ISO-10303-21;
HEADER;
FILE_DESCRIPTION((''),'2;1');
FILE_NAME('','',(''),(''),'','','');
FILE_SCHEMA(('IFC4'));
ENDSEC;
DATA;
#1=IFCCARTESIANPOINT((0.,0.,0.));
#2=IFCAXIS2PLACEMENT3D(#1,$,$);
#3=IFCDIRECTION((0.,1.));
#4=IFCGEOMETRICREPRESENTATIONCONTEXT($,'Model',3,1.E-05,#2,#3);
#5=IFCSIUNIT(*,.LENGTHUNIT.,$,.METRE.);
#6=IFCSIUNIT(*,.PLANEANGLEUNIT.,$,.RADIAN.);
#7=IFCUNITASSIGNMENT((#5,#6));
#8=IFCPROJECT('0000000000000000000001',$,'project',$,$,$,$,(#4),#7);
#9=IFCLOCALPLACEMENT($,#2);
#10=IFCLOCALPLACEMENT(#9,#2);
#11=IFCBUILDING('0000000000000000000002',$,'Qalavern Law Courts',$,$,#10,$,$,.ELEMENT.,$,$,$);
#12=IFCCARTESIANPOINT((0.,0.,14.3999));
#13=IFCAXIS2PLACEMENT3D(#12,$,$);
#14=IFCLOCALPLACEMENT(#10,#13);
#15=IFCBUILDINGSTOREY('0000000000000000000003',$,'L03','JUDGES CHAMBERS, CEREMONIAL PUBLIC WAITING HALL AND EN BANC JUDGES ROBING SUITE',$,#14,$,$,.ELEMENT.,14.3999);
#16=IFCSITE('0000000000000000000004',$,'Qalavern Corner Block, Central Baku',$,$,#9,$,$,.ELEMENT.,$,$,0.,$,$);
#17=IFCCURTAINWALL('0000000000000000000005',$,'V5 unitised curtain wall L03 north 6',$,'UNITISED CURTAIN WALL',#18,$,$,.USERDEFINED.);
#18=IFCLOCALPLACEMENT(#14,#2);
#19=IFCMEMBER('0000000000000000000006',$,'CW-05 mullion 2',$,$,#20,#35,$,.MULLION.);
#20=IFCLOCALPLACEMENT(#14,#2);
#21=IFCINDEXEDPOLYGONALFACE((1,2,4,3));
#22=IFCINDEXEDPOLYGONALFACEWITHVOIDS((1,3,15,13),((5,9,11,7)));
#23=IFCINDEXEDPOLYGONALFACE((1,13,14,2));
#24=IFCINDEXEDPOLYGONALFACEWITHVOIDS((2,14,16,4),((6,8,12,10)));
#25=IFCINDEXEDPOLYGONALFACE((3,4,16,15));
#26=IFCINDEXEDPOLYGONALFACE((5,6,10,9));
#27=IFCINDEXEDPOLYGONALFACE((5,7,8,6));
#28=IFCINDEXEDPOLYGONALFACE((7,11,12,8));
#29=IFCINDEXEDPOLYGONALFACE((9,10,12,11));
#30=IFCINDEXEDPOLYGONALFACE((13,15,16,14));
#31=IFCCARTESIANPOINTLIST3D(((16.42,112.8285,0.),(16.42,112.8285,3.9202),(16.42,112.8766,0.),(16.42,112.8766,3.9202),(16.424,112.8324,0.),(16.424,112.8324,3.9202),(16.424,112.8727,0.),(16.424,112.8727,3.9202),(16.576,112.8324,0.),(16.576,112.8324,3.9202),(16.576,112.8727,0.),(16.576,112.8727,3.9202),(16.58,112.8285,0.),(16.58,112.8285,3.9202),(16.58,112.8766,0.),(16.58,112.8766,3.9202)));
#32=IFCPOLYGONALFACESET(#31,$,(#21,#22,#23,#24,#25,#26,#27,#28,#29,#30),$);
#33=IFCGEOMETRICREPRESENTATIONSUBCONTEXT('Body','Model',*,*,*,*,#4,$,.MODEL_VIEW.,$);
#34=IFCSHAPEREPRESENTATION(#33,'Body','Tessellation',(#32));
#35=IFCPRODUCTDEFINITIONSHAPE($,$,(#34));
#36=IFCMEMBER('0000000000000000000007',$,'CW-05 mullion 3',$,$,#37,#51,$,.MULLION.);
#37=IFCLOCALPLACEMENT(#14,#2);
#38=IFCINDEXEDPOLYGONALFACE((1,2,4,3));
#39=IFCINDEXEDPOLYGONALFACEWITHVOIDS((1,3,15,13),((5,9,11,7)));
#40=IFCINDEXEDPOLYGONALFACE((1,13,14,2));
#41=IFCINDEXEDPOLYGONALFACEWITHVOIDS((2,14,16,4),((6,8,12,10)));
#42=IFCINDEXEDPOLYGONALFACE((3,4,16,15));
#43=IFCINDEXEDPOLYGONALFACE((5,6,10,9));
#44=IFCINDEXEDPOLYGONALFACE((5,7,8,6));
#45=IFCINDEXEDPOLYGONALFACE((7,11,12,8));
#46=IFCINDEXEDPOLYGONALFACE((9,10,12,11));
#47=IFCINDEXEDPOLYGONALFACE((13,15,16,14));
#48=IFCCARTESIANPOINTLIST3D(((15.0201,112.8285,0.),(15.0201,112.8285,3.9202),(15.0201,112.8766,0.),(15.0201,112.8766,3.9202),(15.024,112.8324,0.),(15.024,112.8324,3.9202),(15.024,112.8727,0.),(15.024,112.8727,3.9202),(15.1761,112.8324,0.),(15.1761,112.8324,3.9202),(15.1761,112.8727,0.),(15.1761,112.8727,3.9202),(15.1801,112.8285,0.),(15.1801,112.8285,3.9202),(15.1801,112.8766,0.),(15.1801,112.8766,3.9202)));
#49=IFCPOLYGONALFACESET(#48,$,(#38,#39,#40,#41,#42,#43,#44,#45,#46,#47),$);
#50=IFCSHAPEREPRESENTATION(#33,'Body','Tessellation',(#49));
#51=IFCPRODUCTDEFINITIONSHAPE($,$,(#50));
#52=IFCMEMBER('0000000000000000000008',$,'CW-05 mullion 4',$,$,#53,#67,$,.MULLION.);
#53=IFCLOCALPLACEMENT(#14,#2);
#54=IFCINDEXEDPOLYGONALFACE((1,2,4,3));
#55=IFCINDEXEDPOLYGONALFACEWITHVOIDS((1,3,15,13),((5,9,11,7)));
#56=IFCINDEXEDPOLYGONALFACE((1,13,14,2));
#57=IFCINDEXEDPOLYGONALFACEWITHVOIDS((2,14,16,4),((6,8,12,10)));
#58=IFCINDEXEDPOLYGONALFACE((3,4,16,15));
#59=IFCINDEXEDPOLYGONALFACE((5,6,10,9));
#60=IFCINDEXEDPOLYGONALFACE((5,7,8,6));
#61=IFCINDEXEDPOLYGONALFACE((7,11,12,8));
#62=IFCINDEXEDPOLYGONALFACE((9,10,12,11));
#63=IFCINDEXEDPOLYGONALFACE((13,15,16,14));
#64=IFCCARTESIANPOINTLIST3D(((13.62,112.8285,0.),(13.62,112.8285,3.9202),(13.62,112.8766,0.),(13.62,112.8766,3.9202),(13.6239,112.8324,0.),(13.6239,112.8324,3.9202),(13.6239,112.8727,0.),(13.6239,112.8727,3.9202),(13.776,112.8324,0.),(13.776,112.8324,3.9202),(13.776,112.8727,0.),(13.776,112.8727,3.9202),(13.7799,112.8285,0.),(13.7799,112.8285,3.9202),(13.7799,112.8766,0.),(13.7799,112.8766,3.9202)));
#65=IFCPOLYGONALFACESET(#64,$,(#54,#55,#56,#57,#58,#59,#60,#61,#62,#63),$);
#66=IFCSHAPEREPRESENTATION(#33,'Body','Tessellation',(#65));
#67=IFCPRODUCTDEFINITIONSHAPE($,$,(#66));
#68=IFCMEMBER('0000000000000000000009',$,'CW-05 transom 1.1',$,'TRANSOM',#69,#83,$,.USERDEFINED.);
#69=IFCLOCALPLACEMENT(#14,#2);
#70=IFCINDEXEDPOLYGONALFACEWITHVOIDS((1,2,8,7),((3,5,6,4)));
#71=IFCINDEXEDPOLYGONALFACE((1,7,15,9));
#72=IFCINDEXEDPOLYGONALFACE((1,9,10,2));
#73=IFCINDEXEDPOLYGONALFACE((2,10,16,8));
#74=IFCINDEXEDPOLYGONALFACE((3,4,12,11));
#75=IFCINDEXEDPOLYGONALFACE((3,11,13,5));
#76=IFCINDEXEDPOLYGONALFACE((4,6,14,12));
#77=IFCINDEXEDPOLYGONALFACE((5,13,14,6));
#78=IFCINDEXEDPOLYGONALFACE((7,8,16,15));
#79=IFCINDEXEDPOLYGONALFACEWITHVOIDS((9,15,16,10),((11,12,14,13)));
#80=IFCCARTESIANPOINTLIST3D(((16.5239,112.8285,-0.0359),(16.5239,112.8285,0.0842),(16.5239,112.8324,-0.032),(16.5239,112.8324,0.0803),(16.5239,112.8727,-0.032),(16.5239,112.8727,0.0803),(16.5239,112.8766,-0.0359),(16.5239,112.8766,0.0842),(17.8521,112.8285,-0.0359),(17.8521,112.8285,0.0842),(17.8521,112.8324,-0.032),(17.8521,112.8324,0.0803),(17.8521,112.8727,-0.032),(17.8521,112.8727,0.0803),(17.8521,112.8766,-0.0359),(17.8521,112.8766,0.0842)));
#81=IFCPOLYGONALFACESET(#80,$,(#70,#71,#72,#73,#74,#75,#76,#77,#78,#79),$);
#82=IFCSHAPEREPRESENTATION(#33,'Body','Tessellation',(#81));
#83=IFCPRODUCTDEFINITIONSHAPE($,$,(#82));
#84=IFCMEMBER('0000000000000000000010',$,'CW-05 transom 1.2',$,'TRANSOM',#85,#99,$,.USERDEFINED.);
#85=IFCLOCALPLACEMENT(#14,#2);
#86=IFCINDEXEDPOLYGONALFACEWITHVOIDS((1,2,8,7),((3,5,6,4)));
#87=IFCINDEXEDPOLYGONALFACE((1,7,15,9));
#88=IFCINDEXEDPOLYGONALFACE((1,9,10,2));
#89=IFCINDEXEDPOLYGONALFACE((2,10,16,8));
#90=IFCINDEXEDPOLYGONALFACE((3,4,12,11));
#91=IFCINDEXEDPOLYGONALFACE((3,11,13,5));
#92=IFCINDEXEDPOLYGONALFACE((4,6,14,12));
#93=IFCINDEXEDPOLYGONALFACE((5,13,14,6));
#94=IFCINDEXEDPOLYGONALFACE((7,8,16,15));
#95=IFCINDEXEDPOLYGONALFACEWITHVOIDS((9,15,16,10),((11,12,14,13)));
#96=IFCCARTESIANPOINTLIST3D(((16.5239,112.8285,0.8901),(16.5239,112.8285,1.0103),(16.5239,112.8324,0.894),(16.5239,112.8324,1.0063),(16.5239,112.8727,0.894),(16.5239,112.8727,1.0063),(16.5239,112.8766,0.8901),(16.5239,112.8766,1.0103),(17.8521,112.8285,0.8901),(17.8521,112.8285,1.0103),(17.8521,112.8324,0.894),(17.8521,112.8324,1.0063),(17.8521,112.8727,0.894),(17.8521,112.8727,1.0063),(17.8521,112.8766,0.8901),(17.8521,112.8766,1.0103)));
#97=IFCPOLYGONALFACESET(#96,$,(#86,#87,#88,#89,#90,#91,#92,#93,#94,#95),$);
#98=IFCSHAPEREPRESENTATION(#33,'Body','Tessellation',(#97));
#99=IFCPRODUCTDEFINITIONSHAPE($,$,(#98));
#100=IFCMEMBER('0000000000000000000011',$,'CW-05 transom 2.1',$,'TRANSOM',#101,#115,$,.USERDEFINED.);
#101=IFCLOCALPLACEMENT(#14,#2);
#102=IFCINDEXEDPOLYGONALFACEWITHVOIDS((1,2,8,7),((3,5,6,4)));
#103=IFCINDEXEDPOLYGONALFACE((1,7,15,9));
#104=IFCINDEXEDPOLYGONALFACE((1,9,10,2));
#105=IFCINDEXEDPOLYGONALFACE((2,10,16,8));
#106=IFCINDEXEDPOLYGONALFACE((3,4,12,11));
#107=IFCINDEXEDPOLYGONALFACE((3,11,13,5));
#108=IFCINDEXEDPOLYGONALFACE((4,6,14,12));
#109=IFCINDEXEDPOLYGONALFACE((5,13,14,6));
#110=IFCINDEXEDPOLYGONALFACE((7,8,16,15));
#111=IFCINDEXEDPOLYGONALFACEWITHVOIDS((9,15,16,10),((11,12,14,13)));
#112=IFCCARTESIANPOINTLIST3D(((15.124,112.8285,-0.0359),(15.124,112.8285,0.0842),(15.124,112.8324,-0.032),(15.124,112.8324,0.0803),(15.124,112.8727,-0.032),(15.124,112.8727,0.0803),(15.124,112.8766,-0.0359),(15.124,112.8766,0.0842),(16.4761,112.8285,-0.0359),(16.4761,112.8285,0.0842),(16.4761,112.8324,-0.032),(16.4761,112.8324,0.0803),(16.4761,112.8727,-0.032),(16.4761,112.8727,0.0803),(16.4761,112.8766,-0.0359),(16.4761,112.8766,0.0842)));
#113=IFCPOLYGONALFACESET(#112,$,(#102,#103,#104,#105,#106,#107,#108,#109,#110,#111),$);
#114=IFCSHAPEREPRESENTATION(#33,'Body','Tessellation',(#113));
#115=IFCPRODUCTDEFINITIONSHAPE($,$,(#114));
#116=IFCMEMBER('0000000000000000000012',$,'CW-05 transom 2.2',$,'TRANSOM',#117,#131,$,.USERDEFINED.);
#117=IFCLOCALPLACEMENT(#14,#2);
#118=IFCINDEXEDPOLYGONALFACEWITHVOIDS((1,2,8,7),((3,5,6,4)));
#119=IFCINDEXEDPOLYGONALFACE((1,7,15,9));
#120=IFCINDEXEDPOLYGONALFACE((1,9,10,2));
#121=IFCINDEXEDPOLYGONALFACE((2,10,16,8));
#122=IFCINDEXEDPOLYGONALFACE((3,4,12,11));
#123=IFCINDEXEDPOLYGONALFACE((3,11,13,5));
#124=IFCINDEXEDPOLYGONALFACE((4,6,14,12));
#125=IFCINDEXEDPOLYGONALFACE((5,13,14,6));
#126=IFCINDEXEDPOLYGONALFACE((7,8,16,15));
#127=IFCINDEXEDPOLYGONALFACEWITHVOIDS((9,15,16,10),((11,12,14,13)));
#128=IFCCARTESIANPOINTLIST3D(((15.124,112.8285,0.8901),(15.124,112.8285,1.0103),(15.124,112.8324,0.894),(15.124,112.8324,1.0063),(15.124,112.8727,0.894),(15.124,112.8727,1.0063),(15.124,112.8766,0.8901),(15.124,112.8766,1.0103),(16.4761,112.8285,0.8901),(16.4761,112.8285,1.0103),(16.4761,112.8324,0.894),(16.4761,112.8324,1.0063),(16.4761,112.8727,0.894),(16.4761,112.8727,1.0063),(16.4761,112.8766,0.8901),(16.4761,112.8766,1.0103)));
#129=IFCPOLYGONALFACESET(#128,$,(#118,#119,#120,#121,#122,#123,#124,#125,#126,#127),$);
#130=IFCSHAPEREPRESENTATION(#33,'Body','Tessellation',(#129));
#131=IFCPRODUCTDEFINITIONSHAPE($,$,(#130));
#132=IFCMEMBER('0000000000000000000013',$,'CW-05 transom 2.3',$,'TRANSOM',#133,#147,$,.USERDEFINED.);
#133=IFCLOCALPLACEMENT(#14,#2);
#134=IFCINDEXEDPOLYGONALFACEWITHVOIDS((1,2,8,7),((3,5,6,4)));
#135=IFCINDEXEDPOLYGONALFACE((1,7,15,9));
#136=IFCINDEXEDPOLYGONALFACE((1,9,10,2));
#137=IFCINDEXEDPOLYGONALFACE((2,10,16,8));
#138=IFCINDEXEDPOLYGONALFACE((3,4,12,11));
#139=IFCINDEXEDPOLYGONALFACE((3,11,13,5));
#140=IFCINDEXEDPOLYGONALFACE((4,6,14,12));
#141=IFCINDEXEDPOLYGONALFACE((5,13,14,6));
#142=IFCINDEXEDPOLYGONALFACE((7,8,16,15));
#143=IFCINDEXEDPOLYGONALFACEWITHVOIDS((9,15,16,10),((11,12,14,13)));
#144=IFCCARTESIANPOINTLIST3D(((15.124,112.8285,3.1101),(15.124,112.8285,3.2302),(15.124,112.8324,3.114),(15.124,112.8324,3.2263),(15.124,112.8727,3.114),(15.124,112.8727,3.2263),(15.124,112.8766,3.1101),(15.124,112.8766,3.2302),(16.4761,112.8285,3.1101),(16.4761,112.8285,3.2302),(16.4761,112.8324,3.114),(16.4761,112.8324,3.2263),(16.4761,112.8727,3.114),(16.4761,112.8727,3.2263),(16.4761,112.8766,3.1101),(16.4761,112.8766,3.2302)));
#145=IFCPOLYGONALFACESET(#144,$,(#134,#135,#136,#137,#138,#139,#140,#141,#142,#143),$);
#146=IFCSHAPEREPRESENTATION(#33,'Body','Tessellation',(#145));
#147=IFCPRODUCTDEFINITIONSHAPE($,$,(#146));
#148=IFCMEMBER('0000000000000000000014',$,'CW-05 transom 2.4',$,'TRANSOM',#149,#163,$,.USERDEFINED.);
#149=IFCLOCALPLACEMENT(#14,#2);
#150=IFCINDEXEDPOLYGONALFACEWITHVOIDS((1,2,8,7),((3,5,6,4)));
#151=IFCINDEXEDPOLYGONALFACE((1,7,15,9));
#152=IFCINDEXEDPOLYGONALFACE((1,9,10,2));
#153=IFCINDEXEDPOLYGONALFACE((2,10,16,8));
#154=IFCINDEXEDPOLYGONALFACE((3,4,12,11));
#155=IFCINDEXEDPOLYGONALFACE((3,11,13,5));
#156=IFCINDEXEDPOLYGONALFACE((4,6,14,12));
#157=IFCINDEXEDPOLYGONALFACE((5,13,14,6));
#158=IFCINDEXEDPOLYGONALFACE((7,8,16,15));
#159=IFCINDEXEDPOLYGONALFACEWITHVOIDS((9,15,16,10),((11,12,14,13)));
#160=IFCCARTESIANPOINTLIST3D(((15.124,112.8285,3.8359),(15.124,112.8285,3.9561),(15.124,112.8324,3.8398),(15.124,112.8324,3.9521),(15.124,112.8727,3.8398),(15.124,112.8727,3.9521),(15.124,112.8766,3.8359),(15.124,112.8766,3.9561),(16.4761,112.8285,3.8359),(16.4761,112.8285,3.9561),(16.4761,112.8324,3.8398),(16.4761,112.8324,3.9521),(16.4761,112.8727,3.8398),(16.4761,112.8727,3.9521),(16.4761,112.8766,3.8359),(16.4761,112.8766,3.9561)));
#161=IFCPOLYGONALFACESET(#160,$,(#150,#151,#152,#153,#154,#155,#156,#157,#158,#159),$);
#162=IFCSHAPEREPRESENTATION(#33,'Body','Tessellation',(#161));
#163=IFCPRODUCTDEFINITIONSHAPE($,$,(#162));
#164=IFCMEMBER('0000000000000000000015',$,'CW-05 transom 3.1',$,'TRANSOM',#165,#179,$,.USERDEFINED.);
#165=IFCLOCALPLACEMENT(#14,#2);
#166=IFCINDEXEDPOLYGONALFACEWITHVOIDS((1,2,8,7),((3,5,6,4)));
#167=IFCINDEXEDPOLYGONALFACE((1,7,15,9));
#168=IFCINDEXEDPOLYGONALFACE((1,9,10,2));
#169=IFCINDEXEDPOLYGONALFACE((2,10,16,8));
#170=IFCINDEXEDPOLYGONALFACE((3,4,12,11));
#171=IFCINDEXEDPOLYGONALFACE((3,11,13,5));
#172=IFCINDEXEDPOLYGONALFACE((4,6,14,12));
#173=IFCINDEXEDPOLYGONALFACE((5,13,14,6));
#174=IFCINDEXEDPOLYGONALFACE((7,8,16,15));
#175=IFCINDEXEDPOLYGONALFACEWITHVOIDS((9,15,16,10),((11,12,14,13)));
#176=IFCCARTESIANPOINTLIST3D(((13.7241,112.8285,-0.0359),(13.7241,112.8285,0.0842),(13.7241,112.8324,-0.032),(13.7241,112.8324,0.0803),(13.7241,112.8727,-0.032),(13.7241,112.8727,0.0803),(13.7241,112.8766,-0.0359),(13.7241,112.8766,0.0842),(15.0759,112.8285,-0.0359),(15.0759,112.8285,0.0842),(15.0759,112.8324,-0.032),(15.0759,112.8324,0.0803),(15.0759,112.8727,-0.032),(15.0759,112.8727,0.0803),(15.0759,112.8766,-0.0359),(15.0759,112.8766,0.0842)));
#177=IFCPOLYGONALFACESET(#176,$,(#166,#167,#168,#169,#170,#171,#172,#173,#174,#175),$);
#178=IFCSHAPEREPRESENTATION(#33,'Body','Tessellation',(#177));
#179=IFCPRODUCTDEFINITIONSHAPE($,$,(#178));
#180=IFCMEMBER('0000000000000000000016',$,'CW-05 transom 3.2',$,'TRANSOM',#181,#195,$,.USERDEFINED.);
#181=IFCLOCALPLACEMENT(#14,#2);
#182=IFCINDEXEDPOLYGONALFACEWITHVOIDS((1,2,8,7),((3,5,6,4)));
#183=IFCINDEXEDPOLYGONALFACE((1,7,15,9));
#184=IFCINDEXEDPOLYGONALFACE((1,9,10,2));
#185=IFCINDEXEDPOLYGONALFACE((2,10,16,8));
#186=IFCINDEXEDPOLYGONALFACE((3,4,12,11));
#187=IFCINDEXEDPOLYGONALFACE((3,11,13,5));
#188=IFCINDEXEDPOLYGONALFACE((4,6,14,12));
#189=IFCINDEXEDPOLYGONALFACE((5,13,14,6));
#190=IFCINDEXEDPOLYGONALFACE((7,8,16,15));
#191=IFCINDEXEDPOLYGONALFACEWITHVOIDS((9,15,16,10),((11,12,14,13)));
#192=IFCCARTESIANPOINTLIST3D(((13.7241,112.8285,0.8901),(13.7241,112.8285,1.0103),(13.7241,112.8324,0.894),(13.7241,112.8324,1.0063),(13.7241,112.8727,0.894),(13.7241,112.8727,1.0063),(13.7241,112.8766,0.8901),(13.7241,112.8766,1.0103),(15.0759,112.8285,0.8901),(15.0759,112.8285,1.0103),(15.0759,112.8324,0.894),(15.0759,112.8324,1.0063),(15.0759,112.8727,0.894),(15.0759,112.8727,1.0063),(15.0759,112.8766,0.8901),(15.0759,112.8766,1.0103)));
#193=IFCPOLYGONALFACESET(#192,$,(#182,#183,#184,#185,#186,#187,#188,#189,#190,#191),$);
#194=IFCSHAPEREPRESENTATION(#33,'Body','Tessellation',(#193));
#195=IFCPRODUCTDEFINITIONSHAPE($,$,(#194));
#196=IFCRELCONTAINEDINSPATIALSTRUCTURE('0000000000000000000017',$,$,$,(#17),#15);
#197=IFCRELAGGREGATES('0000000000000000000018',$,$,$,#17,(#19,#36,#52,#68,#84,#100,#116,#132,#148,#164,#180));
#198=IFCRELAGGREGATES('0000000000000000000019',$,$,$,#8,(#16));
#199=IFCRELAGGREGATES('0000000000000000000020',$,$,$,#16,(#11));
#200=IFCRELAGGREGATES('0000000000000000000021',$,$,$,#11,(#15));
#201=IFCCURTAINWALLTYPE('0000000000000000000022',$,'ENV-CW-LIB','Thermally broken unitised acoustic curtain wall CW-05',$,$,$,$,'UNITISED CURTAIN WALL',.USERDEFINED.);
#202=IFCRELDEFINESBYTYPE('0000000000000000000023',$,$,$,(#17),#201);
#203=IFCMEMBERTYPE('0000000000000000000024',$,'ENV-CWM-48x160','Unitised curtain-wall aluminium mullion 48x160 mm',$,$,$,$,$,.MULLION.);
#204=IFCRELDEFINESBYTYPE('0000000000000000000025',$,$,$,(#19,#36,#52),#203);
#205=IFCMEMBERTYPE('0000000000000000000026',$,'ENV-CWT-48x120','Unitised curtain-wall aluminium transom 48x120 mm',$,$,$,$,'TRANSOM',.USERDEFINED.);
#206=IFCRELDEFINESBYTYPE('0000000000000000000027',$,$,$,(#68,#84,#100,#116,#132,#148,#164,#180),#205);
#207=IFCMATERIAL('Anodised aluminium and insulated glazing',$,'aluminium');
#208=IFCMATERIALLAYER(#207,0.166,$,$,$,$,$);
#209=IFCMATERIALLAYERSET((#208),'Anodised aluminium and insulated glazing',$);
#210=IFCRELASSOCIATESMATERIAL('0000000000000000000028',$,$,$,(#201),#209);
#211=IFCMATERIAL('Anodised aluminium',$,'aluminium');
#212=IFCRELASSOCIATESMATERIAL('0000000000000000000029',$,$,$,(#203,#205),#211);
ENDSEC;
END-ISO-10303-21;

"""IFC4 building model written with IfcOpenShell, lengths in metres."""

from ifc_helpers import new_model, si_unit, direction, frame, origin, origin_2d, place, context, subcontext, project, spatial, hollow_rectangle, extrude, material, layer, layer_set, material_profile, profile_set, type_object, element, aggregate, save


model = new_model("IFC4")

# Units and contexts
model_context = context("Model", 3, precision=1e-05, world=origin(), true_north=direction((0.0, 1.0)))
body_context = subcontext(model_context, "Body", "Model", "MODEL_VIEW")
ifc_project = project(units=[si_unit("LENGTHUNIT", "METRE"), si_unit("PLANEANGLEUNIT", "RADIAN")], contexts=[model_context])

# Site, building, storey
site_placement = place(None, origin())
site = spatial("IfcSite", under=ifc_project, at=site_placement, Name="Qalavern Corner Block, Central Baku", CompositionType="ELEMENT", RefElevation=0.0)
building_placement = place(site_placement, origin())
building = spatial("IfcBuilding", under=site, at=building_placement, Name="Qalavern Law Courts", CompositionType="ELEMENT")
storey_placement = place(building_placement, frame((0.0, 0.0, 14.3999)))
storey = spatial("IfcBuildingStorey", under=building, at=storey_placement, Name="L03", Description="JUDGES CHAMBERS, CEREMONIAL PUBLIC WAITING HALL AND EN BANC JUDGES ROBING SUITE", CompositionType="ELEMENT", Elevation=14.3999)

# Curtain wall, members
ifc_material_1 = material(Name="Anodised aluminium and insulated glazing", Category="aluminium")
ifc_layer_1 = layer(ifc_material_1, 0.166)
ifc_layer_set_1 = layer_set([ifc_layer_1], Name="Anodised aluminium and insulated glazing")
curtain_wall_type = type_object("IfcCurtainWallType", Name="ENV-CW-LIB", Description="Thermally broken unitised acoustic curtain wall CW-05", ElementType="UNITISED CURTAIN WALL", PredefinedType="USERDEFINED", material=ifc_layer_set_1)
curtain_wall_placement = place(storey_placement, origin())
curtain_wall = element("IfcCurtainWall", 1, at=curtain_wall_placement, inside=storey, type_object=curtain_wall_type, Name="V5 unitised curtain wall L03 north 6", ObjectType="UNITISED CURTAIN WALL", PredefinedType="USERDEFINED")
ifc_material_2 = material(Name="Anodised aluminium", Category="aluminium")
ifc_material_profile_1 = material_profile(ifc_material_2, hollow_rectangle(XDim=0.0481, YDim=0.1599, WallThickness=0.0039, at=origin_2d()), Name="ALU MULLION 48x160")
ifc_profile_set_1 = profile_set([ifc_material_profile_1], Name="Anodised aluminium")
member_type_1 = type_object("IfcMemberType", Name="ENV-CWM-48x160", Description="Unitised curtain-wall aluminium mullion 48x160 mm", PredefinedType="MULLION", material=ifc_profile_set_1)
member_1_placement = place(storey_placement, frame((16.5, 112.8525, 0.0), z_axis=(0.0, 0.0, 1.0), x_axis=(0.0, -1.0, 0.0)))
member_1 = element("IfcMember", 2, at=member_1_placement, type_object=member_type_1, Name="CW-05 mullion 2", PredefinedType="MULLION", context=body_context, shape_type="SweptSolid", body=[
    extrude(hollow_rectangle(XDim=0.0481, YDim=0.1599, WallThickness=0.0039, at=origin_2d()), origin(), (0.0, 0.0, 1.0), 3.9202),
])
member_2_placement = place(storey_placement, frame((15.1001, 112.8525, 0.0), z_axis=(0.0, 0.0, 1.0), x_axis=(0.0, -1.0, 0.0)))
member_2 = element("IfcMember", 3, at=member_2_placement, type_object=member_type_1, Name="CW-05 mullion 3", PredefinedType="MULLION", context=body_context, shape_type="SweptSolid", body=[
    extrude(hollow_rectangle(XDim=0.0481, YDim=0.1599, WallThickness=0.0039, at=origin_2d()), origin(), (0.0, 0.0, 1.0), 3.9202),
])
member_3_placement = place(storey_placement, frame((13.7, 112.8525, 0.0), z_axis=(0.0, 0.0, 1.0), x_axis=(0.0, -1.0, 0.0)))
member_3 = element("IfcMember", 4, at=member_3_placement, type_object=member_type_1, Name="CW-05 mullion 4", PredefinedType="MULLION", context=body_context, shape_type="SweptSolid", body=[
    extrude(hollow_rectangle(XDim=0.0481, YDim=0.1599, WallThickness=0.0039, at=origin_2d()), origin(), (0.0, 0.0, 1.0), 3.9202),
])
ifc_material_profile_2 = material_profile(ifc_material_2, hollow_rectangle(XDim=0.0481, YDim=0.1201, WallThickness=0.0039, at=origin_2d()), Name="ALU TRANSOM 48x120")
ifc_profile_set_2 = profile_set([ifc_material_profile_2], Name="Anodised aluminium")
member_type_2 = type_object("IfcMemberType", Name="ENV-CWT-48x120", Description="Unitised curtain-wall aluminium transom 48x120 mm", ElementType="TRANSOM", PredefinedType="USERDEFINED", material=ifc_profile_set_2)
member_4_placement = place(storey_placement, frame((17.8521, 112.8525, 0.0242), z_axis=(-1.0, 0.0, 0.0), x_axis=(0.0, -1.0, 0.0)))
member_4 = element("IfcMember", 5, at=member_4_placement, type_object=member_type_2, Name="CW-05 transom 1.1", ObjectType="TRANSOM", PredefinedType="USERDEFINED", context=body_context, shape_type="SweptSolid", body=[
    extrude(hollow_rectangle(XDim=0.0481, YDim=0.1201, WallThickness=0.0039, at=origin_2d()), origin(), (0.0, 0.0, 1.0), 1.3281),
])
member_5_placement = place(storey_placement, frame((17.8521, 112.8525, 0.9502), z_axis=(-1.0, 0.0, 0.0), x_axis=(0.0, -1.0, 0.0)))
member_5 = element("IfcMember", 6, at=member_5_placement, type_object=member_type_2, Name="CW-05 transom 1.2", ObjectType="TRANSOM", PredefinedType="USERDEFINED", context=body_context, shape_type="SweptSolid", body=[
    extrude(hollow_rectangle(XDim=0.0481, YDim=0.1201, WallThickness=0.0039, at=origin_2d()), origin(), (0.0, 0.0, 1.0), 1.3281),
])
member_6_placement = place(storey_placement, frame((16.4761, 112.8525, 0.0242), z_axis=(-1.0, 0.0, 0.0), x_axis=(0.0, -1.0, 0.0)))
member_6 = element("IfcMember", 7, at=member_6_placement, type_object=member_type_2, Name="CW-05 transom 2.1", ObjectType="TRANSOM", PredefinedType="USERDEFINED", context=body_context, shape_type="SweptSolid", body=[
    extrude(hollow_rectangle(XDim=0.0481, YDim=0.1201, WallThickness=0.0039, at=origin_2d()), origin(), (0.0, 0.0, 1.0), 1.3521),
])
member_7_placement = place(storey_placement, frame((16.4761, 112.8525, 0.9502), z_axis=(-1.0, 0.0, 0.0), x_axis=(0.0, -1.0, 0.0)))
member_7 = element("IfcMember", 8, at=member_7_placement, type_object=member_type_2, Name="CW-05 transom 2.2", ObjectType="TRANSOM", PredefinedType="USERDEFINED", context=body_context, shape_type="SweptSolid", body=[
    extrude(hollow_rectangle(XDim=0.0481, YDim=0.1201, WallThickness=0.0039, at=origin_2d()), origin(), (0.0, 0.0, 1.0), 1.3521),
])
member_8_placement = place(storey_placement, frame((16.4761, 112.8525, 3.1702), z_axis=(-1.0, 0.0, 0.0), x_axis=(0.0, -1.0, 0.0)))
member_8 = element("IfcMember", 9, at=member_8_placement, type_object=member_type_2, Name="CW-05 transom 2.3", ObjectType="TRANSOM", PredefinedType="USERDEFINED", context=body_context, shape_type="SweptSolid", body=[
    extrude(hollow_rectangle(XDim=0.0481, YDim=0.1201, WallThickness=0.0039, at=origin_2d()), origin(), (0.0, 0.0, 1.0), 1.3521),
])
member_9_placement = place(storey_placement, frame((16.4761, 112.8525, 3.896), z_axis=(-1.0, 0.0, 0.0), x_axis=(0.0, -1.0, 0.0)))
member_9 = element("IfcMember", 10, at=member_9_placement, type_object=member_type_2, Name="CW-05 transom 2.4", ObjectType="TRANSOM", PredefinedType="USERDEFINED", context=body_context, shape_type="SweptSolid", body=[
    extrude(hollow_rectangle(XDim=0.0481, YDim=0.1201, WallThickness=0.0039, at=origin_2d()), origin(), (0.0, 0.0, 1.0), 1.3521),
])
member_10_placement = place(storey_placement, frame((15.0759, 112.8525, 0.0242), z_axis=(-1.0, 0.0, 0.0), x_axis=(0.0, -1.0, 0.0)))
member_10 = element("IfcMember", 11, at=member_10_placement, type_object=member_type_2, Name="CW-05 transom 3.1", ObjectType="TRANSOM", PredefinedType="USERDEFINED", context=body_context, shape_type="SweptSolid", body=[
    extrude(hollow_rectangle(XDim=0.0481, YDim=0.1201, WallThickness=0.0039, at=origin_2d()), origin(), (0.0, 0.0, 1.0), 1.3518),
])
member_11_placement = place(storey_placement, frame((15.0759, 112.8525, 0.9502), z_axis=(-1.0, 0.0, 0.0), x_axis=(0.0, -1.0, 0.0)))
member_11 = element("IfcMember", 12, at=member_11_placement, type_object=member_type_2, Name="CW-05 transom 3.2", ObjectType="TRANSOM", PredefinedType="USERDEFINED", context=body_context, shape_type="SweptSolid", body=[
    extrude(hollow_rectangle(XDim=0.0481, YDim=0.1201, WallThickness=0.0039, at=origin_2d()), origin(), (0.0, 0.0, 1.0), 1.3518),
])
aggregate(curtain_wall, [member_1, member_2, member_3, member_4, member_5, member_6, member_7, member_8, member_9, member_10, member_11])

save(model, "model.ifc")
